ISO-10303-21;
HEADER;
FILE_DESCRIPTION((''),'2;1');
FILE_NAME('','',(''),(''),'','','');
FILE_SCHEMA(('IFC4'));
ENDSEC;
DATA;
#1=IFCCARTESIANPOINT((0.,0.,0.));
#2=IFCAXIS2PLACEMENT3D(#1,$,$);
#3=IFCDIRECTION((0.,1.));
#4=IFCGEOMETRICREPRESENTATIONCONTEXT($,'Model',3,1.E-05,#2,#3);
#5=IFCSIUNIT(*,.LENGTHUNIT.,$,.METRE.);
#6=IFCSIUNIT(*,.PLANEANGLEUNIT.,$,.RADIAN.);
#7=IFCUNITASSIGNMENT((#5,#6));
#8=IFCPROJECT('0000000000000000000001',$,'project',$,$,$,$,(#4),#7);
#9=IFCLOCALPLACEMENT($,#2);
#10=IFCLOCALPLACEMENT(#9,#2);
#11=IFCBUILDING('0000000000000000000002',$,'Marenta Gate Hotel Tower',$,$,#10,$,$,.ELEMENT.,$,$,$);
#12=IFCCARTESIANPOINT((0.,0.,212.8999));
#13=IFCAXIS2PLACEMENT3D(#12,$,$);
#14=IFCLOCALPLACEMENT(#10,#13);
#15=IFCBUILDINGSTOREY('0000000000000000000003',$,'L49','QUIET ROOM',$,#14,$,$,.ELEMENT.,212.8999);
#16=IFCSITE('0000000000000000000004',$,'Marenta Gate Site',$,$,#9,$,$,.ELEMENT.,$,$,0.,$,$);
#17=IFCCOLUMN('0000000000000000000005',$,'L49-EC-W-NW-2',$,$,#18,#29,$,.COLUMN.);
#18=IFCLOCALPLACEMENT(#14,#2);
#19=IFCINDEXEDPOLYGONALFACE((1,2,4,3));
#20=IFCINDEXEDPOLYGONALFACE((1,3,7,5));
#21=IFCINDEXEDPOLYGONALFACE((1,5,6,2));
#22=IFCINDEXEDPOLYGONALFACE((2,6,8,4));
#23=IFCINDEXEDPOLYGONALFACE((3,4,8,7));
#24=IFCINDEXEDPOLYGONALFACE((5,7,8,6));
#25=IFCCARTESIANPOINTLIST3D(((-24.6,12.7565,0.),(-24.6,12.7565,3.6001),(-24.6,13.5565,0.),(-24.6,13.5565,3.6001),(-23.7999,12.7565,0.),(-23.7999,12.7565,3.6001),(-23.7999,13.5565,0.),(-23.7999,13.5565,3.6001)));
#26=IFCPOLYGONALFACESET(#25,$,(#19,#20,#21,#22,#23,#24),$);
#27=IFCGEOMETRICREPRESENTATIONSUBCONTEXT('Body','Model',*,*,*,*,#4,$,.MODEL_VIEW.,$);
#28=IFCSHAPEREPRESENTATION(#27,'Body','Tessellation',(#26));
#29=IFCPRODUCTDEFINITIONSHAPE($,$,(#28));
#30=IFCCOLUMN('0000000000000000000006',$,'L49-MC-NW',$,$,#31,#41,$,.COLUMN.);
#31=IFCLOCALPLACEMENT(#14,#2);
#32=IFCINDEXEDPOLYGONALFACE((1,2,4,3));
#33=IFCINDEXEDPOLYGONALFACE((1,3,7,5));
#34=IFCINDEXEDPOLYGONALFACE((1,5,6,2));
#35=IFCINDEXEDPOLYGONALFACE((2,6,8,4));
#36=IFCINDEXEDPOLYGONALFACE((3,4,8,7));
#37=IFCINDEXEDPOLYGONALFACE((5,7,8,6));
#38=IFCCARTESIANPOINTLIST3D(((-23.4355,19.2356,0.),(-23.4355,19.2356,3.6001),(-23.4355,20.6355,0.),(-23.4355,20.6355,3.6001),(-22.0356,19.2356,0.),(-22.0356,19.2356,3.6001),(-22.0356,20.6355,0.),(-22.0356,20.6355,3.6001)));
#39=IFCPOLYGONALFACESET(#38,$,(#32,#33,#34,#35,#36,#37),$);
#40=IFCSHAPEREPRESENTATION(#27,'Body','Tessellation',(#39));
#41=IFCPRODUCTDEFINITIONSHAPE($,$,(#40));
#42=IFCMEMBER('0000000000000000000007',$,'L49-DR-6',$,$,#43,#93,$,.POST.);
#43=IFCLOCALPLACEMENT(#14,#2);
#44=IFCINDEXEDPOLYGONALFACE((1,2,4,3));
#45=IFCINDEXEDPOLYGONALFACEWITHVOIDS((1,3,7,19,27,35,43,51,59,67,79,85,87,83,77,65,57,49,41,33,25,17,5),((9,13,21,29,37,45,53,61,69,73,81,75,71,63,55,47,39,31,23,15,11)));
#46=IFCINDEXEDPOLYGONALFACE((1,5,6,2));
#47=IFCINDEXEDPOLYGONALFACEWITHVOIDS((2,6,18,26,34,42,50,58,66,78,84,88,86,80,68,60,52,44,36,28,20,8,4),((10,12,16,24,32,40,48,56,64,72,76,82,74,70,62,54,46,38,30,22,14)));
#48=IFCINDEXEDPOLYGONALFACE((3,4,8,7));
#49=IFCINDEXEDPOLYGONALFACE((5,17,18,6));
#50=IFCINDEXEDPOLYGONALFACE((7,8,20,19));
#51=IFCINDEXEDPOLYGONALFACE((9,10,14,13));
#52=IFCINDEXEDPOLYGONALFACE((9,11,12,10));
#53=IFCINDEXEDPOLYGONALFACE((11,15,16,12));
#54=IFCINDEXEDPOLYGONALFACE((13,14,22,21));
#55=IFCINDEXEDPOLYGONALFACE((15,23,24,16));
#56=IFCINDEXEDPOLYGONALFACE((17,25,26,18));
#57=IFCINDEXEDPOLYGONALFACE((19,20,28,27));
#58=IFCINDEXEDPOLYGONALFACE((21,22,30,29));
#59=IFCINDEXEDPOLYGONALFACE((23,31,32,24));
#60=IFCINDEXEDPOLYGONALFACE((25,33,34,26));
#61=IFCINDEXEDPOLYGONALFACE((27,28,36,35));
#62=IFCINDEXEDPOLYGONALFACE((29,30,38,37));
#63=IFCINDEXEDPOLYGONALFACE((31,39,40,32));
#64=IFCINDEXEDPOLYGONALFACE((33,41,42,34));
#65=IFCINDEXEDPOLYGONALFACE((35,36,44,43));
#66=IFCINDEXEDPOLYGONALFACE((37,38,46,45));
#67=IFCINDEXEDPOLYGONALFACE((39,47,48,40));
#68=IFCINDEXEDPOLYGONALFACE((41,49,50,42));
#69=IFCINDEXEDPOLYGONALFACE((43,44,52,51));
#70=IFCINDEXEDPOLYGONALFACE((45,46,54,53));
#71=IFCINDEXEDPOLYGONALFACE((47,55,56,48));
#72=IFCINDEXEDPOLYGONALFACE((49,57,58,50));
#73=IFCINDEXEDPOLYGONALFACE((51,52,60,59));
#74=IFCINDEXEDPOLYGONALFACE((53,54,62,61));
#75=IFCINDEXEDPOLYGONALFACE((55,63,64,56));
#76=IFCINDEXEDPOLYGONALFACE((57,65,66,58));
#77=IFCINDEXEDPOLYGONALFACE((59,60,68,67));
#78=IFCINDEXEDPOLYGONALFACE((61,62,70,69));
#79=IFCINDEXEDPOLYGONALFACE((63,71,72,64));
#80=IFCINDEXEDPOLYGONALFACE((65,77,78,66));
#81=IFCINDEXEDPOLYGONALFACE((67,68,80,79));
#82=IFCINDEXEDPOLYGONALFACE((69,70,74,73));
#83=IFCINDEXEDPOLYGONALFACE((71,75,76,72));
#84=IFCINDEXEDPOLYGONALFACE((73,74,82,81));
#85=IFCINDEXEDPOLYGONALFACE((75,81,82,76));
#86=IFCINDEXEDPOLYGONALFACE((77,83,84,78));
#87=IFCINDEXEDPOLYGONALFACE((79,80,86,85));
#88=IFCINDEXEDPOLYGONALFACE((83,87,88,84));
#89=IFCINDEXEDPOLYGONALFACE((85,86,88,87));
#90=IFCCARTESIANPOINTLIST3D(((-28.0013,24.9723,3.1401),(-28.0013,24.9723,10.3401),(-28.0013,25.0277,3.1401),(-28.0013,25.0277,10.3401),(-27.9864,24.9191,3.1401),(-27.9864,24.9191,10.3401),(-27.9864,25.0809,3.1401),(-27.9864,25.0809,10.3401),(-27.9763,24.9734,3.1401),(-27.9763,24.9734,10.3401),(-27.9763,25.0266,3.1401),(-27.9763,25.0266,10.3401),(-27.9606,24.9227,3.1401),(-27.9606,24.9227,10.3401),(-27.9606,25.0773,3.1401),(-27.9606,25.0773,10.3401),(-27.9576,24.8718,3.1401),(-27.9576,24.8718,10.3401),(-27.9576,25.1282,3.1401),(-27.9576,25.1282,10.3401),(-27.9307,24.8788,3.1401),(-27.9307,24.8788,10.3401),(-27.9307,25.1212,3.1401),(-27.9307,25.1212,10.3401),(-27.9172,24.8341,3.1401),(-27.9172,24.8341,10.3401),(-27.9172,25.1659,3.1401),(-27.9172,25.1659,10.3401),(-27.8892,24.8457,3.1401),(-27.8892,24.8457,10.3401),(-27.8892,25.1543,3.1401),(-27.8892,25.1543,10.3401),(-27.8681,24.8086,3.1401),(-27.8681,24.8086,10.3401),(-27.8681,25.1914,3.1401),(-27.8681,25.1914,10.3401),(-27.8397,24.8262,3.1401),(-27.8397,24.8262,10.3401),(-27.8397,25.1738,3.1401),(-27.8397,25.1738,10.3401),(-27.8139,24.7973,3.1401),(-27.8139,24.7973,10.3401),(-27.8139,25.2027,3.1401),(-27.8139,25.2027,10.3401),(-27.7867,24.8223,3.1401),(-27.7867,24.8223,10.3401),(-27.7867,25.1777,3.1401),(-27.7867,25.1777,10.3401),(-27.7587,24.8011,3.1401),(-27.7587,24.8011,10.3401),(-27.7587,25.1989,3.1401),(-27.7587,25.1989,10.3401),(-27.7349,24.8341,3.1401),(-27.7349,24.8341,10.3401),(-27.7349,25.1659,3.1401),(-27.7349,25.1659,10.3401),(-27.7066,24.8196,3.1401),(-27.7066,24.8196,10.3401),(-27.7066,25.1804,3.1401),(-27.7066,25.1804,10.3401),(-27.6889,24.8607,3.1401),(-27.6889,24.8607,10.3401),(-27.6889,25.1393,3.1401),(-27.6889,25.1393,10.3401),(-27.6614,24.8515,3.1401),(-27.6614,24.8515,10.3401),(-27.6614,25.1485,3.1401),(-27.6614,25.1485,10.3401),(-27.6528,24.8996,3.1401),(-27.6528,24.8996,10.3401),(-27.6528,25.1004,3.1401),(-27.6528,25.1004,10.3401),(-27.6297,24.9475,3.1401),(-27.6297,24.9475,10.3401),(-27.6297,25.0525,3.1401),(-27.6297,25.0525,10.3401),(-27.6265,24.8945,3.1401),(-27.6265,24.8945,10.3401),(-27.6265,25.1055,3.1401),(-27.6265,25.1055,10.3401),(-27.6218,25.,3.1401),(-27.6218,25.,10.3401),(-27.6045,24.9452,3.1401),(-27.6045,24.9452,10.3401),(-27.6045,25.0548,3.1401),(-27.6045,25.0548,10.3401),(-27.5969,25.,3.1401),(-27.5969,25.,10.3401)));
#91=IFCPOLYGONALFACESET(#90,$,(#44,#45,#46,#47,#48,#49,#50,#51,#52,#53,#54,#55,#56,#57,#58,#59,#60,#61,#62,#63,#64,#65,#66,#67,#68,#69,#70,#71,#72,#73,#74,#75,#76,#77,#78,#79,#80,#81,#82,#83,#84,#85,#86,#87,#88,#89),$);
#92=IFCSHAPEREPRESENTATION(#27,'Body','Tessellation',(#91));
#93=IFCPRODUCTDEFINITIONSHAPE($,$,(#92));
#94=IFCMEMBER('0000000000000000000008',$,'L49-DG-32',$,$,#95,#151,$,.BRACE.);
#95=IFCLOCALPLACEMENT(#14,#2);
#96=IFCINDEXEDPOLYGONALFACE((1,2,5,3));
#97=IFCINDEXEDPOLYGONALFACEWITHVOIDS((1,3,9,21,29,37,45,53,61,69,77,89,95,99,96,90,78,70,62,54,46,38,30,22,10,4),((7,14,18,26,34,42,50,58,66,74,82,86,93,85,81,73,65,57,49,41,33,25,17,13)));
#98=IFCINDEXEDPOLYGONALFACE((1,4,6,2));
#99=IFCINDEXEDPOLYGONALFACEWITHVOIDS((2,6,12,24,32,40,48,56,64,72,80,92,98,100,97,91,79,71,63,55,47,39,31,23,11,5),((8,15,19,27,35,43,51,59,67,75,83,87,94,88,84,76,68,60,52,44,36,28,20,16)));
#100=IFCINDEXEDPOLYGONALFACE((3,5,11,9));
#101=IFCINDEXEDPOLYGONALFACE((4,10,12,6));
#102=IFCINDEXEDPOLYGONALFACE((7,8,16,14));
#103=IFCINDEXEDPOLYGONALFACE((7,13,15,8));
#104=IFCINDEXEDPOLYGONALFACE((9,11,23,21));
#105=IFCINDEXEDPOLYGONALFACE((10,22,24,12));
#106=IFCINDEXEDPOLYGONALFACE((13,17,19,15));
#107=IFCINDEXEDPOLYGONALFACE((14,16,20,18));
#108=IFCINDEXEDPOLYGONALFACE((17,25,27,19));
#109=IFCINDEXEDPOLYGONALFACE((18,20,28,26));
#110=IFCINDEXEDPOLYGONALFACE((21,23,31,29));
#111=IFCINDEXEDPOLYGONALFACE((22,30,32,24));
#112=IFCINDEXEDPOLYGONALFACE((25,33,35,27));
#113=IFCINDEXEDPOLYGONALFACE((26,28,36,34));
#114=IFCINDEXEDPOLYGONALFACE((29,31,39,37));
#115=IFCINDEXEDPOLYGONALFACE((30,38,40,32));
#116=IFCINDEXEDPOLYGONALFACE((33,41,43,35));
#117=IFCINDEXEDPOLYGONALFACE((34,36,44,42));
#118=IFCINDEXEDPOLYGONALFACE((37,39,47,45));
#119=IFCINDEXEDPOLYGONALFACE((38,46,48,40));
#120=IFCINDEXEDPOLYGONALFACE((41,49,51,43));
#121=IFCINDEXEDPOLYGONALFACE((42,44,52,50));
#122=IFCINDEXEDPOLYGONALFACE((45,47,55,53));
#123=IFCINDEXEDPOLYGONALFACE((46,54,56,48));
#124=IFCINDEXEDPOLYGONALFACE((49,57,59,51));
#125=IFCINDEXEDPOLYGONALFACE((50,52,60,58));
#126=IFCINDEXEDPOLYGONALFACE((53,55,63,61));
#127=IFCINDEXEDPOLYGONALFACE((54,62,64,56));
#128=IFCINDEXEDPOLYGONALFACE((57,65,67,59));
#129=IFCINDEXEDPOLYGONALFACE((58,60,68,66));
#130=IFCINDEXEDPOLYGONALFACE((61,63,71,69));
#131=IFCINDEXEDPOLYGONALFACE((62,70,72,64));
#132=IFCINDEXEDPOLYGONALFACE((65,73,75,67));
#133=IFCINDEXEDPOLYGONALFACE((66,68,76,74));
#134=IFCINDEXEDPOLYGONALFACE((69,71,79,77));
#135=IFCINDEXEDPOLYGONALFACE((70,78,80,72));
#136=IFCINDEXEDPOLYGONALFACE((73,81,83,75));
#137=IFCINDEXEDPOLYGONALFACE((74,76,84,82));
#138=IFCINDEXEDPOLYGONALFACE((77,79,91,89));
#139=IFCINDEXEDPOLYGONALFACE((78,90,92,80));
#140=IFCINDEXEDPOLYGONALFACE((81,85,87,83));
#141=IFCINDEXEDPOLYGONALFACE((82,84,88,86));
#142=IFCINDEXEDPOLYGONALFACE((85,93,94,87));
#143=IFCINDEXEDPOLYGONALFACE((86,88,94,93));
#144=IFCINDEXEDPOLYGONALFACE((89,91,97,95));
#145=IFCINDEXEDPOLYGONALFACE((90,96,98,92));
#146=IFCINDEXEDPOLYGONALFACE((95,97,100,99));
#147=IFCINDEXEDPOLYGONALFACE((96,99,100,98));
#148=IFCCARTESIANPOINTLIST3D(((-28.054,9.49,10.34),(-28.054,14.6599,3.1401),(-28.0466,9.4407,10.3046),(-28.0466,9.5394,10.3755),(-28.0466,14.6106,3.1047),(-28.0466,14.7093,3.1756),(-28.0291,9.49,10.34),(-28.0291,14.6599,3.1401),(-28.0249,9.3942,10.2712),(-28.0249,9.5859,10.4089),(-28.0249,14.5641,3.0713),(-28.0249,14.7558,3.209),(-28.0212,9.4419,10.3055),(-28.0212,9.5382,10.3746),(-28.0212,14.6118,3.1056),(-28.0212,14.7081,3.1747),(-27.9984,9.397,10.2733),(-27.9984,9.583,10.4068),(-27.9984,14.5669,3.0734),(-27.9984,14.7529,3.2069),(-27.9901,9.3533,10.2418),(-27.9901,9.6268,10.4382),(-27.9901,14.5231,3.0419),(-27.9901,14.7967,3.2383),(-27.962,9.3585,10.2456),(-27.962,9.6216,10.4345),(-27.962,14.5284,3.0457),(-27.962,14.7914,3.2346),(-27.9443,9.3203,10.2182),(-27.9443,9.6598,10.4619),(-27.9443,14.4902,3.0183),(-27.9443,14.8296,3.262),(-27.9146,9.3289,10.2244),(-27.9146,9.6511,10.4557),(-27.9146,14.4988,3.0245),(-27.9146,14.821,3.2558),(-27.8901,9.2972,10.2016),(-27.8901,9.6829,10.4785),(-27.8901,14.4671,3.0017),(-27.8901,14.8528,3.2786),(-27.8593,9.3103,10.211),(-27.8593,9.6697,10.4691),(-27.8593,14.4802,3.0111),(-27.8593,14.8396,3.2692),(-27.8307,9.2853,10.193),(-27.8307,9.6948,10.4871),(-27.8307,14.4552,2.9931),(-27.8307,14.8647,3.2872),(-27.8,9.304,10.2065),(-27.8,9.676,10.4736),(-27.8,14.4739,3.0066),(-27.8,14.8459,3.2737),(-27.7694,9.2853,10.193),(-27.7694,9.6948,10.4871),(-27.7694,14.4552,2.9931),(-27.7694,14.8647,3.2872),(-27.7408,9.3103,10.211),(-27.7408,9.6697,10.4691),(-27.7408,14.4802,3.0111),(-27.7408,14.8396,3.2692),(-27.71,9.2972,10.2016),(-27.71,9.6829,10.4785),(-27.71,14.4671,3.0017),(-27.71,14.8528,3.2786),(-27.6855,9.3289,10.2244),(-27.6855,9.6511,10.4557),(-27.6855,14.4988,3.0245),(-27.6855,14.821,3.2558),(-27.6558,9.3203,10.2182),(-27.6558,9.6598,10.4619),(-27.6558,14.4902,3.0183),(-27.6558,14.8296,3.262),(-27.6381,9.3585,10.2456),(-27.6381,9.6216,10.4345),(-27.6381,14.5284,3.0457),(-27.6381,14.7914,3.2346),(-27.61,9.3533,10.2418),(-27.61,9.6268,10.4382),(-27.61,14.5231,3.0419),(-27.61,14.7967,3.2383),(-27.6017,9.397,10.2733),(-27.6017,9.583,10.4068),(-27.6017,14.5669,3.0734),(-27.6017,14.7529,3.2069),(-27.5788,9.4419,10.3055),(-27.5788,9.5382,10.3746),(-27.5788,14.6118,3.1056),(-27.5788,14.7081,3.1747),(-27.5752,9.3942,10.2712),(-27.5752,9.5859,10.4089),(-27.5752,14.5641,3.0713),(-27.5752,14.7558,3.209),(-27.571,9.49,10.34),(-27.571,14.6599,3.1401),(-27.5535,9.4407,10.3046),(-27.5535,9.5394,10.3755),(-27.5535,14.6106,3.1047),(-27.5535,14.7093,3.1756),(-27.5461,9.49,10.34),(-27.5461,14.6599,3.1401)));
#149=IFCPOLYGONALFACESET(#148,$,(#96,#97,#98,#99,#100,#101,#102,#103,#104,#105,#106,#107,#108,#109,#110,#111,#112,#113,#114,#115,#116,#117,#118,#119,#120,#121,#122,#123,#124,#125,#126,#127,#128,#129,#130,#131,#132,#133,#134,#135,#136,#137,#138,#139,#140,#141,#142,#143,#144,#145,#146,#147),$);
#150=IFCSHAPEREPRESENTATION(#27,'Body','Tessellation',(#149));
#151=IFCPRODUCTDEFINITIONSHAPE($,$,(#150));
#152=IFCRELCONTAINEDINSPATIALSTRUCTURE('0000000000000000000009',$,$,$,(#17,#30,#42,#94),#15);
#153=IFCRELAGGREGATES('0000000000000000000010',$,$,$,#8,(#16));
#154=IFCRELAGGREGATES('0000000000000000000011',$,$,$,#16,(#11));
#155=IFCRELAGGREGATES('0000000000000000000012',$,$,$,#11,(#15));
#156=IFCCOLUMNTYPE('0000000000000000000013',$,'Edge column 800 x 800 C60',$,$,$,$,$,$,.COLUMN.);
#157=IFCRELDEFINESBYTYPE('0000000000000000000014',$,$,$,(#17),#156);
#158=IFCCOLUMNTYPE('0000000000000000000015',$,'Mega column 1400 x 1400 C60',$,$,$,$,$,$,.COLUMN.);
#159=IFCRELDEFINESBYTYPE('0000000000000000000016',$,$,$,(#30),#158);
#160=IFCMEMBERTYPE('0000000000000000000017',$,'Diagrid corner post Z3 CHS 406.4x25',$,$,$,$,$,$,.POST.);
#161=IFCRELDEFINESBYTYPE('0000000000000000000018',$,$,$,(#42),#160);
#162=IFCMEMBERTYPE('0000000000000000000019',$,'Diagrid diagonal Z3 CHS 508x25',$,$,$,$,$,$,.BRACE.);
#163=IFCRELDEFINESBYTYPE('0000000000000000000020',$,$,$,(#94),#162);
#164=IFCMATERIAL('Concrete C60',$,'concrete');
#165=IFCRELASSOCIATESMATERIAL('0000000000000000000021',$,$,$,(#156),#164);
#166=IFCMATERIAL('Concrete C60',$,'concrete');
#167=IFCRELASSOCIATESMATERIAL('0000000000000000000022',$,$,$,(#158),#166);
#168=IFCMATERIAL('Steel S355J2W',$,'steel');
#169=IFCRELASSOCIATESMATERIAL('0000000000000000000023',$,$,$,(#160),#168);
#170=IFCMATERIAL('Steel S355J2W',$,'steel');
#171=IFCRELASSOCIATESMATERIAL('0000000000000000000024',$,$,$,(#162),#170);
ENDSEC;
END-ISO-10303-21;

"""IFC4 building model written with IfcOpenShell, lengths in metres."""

from ifc_helpers import new_model, si_unit, direction, frame, origin, origin_2d, place, context, subcontext, project, spatial, rectangle, hollow_circle, extrude, material, material_profile, profile_set, type_object, element, save


model = new_model("IFC4")

# Units and contexts
model_context = context("Model", 3, precision=1e-05, world=origin(), true_north=direction((0.0, 1.0)))
body_context = subcontext(model_context, "Body", "Model", "MODEL_VIEW")
ifc_project = project(units=[si_unit("LENGTHUNIT", "METRE"), si_unit("PLANEANGLEUNIT", "RADIAN")], contexts=[model_context])

# Site, building, storey
site_placement = place(None, origin())
site = spatial("IfcSite", under=ifc_project, at=site_placement, Name="Marenta Gate Site", CompositionType="ELEMENT", RefElevation=0.0)
building_placement = place(site_placement, origin())
building = spatial("IfcBuilding", under=site, at=building_placement, Name="Marenta Gate Hotel Tower", CompositionType="ELEMENT")
storey_placement = place(building_placement, frame((0.0, 0.0, 212.8999)))
storey = spatial("IfcBuildingStorey", under=building, at=storey_placement, Name="L49", Description="QUIET ROOM", CompositionType="ELEMENT", Elevation=212.8999)

# Columns
ifc_material_1 = material(Name="Concrete C60", Category="concrete")
ifc_material_profile_1 = material_profile(ifc_material_1, rectangle(XDim=0.8, YDim=0.8, at=origin_2d()), Name="800 x 800")
ifc_profile_set_1 = profile_set([ifc_material_profile_1], Name="Concrete C60")
column_type_1 = type_object("IfcColumnType", Name="Edge column 800 x 800 C60", PredefinedType="COLUMN", material=ifc_profile_set_1)
column_1_placement = place(storey_placement, frame((-24.2, 13.1565, 0.0), z_axis=(0.0, 0.0, 1.0), x_axis=(1.0, 0.0, 0.0)))
element("IfcColumn", 1, at=column_1_placement, inside=storey, type_object=column_type_1, Name="L49-EC-W-NW-2", PredefinedType="COLUMN", context=body_context, shape_type="SweptSolid", body=[
    extrude(rectangle(XDim=0.8, YDim=0.8, at=origin_2d()), origin(), (0.0, 0.0, 1.0), 3.6001),
])
ifc_material_2 = material(Name="Concrete C60", Category="concrete")
ifc_material_profile_2 = material_profile(ifc_material_2, rectangle(XDim=1.3999, YDim=1.3999, at=origin_2d()), Name="1400 x 1400")
ifc_profile_set_2 = profile_set([ifc_material_profile_2], Name="Concrete C60")
column_type_2 = type_object("IfcColumnType", Name="Mega column 1400 x 1400 C60", PredefinedType="COLUMN", material=ifc_profile_set_2)
column_2_placement = place(storey_placement, frame((-22.7356, 19.9355, 0.0), z_axis=(0.0, 0.0, 1.0), x_axis=(1.0, 0.0, 0.0)))
element("IfcColumn", 2, at=column_2_placement, inside=storey, type_object=column_type_2, Name="L49-MC-NW", PredefinedType="COLUMN", context=body_context, shape_type="SweptSolid", body=[
    extrude(rectangle(XDim=1.3999, YDim=1.3999, at=origin_2d()), origin(), (0.0, 0.0, 1.0), 3.6001),
])

# Members
ifc_material_3 = material(Name="Steel S355J2W", Category="steel")
ifc_material_profile_3 = material_profile(ifc_material_3, hollow_circle(Radius=0.2031, WallThickness=0.0249, at=origin_2d()), Name="CHS 406.4x25")
ifc_profile_set_3 = profile_set([ifc_material_profile_3], Name="Steel S355J2W")
member_type_1 = type_object("IfcMemberType", Name="Diagrid corner post Z3 CHS 406.4x25", PredefinedType="POST", material=ifc_profile_set_3)
member_1_placement = place(storey_placement, frame((-27.8, 25.0, 3.1401), z_axis=(0.0, 0.0, 1.0), x_axis=(1.0, 0.0, 0.0)))
element("IfcMember", 3, at=member_1_placement, inside=storey, type_object=member_type_1, Name="L49-DR-6", PredefinedType="POST", context=body_context, shape_type="SweptSolid", body=[
    extrude(hollow_circle(Radius=0.2031, WallThickness=0.0249, at=origin_2d()), origin(), (0.0, 0.0, 1.0), 7.2),
])
ifc_material_4 = material(Name="Steel S355J2W", Category="steel")
ifc_material_profile_4 = material_profile(ifc_material_4, hollow_circle(Radius=0.2539, WallThickness=0.0249, at=origin_2d()), Name="CHS 508x25")
ifc_profile_set_4 = profile_set([ifc_material_profile_4], Name="Steel S355J2W")
member_type_2 = type_object("IfcMemberType", Name="Diagrid diagonal Z3 CHS 508x25", PredefinedType="BRACE", material=ifc_profile_set_4)
member_2_placement = place(storey_placement, frame((-27.8, 14.6599, 3.1401), z_axis=(0.0, -0.583261, 0.812285), x_axis=(1.0, 0.0, 0.0)))
element("IfcMember", 4, at=member_2_placement, inside=storey, type_object=member_type_2, Name="L49-DG-32", PredefinedType="BRACE", context=body_context, shape_type="SweptSolid", body=[
    extrude(hollow_circle(Radius=0.2539, WallThickness=0.0249, at=origin_2d()), origin(), (0.0, 0.0, 1.0), 8.8638),
])

save(model, "model.ifc")
